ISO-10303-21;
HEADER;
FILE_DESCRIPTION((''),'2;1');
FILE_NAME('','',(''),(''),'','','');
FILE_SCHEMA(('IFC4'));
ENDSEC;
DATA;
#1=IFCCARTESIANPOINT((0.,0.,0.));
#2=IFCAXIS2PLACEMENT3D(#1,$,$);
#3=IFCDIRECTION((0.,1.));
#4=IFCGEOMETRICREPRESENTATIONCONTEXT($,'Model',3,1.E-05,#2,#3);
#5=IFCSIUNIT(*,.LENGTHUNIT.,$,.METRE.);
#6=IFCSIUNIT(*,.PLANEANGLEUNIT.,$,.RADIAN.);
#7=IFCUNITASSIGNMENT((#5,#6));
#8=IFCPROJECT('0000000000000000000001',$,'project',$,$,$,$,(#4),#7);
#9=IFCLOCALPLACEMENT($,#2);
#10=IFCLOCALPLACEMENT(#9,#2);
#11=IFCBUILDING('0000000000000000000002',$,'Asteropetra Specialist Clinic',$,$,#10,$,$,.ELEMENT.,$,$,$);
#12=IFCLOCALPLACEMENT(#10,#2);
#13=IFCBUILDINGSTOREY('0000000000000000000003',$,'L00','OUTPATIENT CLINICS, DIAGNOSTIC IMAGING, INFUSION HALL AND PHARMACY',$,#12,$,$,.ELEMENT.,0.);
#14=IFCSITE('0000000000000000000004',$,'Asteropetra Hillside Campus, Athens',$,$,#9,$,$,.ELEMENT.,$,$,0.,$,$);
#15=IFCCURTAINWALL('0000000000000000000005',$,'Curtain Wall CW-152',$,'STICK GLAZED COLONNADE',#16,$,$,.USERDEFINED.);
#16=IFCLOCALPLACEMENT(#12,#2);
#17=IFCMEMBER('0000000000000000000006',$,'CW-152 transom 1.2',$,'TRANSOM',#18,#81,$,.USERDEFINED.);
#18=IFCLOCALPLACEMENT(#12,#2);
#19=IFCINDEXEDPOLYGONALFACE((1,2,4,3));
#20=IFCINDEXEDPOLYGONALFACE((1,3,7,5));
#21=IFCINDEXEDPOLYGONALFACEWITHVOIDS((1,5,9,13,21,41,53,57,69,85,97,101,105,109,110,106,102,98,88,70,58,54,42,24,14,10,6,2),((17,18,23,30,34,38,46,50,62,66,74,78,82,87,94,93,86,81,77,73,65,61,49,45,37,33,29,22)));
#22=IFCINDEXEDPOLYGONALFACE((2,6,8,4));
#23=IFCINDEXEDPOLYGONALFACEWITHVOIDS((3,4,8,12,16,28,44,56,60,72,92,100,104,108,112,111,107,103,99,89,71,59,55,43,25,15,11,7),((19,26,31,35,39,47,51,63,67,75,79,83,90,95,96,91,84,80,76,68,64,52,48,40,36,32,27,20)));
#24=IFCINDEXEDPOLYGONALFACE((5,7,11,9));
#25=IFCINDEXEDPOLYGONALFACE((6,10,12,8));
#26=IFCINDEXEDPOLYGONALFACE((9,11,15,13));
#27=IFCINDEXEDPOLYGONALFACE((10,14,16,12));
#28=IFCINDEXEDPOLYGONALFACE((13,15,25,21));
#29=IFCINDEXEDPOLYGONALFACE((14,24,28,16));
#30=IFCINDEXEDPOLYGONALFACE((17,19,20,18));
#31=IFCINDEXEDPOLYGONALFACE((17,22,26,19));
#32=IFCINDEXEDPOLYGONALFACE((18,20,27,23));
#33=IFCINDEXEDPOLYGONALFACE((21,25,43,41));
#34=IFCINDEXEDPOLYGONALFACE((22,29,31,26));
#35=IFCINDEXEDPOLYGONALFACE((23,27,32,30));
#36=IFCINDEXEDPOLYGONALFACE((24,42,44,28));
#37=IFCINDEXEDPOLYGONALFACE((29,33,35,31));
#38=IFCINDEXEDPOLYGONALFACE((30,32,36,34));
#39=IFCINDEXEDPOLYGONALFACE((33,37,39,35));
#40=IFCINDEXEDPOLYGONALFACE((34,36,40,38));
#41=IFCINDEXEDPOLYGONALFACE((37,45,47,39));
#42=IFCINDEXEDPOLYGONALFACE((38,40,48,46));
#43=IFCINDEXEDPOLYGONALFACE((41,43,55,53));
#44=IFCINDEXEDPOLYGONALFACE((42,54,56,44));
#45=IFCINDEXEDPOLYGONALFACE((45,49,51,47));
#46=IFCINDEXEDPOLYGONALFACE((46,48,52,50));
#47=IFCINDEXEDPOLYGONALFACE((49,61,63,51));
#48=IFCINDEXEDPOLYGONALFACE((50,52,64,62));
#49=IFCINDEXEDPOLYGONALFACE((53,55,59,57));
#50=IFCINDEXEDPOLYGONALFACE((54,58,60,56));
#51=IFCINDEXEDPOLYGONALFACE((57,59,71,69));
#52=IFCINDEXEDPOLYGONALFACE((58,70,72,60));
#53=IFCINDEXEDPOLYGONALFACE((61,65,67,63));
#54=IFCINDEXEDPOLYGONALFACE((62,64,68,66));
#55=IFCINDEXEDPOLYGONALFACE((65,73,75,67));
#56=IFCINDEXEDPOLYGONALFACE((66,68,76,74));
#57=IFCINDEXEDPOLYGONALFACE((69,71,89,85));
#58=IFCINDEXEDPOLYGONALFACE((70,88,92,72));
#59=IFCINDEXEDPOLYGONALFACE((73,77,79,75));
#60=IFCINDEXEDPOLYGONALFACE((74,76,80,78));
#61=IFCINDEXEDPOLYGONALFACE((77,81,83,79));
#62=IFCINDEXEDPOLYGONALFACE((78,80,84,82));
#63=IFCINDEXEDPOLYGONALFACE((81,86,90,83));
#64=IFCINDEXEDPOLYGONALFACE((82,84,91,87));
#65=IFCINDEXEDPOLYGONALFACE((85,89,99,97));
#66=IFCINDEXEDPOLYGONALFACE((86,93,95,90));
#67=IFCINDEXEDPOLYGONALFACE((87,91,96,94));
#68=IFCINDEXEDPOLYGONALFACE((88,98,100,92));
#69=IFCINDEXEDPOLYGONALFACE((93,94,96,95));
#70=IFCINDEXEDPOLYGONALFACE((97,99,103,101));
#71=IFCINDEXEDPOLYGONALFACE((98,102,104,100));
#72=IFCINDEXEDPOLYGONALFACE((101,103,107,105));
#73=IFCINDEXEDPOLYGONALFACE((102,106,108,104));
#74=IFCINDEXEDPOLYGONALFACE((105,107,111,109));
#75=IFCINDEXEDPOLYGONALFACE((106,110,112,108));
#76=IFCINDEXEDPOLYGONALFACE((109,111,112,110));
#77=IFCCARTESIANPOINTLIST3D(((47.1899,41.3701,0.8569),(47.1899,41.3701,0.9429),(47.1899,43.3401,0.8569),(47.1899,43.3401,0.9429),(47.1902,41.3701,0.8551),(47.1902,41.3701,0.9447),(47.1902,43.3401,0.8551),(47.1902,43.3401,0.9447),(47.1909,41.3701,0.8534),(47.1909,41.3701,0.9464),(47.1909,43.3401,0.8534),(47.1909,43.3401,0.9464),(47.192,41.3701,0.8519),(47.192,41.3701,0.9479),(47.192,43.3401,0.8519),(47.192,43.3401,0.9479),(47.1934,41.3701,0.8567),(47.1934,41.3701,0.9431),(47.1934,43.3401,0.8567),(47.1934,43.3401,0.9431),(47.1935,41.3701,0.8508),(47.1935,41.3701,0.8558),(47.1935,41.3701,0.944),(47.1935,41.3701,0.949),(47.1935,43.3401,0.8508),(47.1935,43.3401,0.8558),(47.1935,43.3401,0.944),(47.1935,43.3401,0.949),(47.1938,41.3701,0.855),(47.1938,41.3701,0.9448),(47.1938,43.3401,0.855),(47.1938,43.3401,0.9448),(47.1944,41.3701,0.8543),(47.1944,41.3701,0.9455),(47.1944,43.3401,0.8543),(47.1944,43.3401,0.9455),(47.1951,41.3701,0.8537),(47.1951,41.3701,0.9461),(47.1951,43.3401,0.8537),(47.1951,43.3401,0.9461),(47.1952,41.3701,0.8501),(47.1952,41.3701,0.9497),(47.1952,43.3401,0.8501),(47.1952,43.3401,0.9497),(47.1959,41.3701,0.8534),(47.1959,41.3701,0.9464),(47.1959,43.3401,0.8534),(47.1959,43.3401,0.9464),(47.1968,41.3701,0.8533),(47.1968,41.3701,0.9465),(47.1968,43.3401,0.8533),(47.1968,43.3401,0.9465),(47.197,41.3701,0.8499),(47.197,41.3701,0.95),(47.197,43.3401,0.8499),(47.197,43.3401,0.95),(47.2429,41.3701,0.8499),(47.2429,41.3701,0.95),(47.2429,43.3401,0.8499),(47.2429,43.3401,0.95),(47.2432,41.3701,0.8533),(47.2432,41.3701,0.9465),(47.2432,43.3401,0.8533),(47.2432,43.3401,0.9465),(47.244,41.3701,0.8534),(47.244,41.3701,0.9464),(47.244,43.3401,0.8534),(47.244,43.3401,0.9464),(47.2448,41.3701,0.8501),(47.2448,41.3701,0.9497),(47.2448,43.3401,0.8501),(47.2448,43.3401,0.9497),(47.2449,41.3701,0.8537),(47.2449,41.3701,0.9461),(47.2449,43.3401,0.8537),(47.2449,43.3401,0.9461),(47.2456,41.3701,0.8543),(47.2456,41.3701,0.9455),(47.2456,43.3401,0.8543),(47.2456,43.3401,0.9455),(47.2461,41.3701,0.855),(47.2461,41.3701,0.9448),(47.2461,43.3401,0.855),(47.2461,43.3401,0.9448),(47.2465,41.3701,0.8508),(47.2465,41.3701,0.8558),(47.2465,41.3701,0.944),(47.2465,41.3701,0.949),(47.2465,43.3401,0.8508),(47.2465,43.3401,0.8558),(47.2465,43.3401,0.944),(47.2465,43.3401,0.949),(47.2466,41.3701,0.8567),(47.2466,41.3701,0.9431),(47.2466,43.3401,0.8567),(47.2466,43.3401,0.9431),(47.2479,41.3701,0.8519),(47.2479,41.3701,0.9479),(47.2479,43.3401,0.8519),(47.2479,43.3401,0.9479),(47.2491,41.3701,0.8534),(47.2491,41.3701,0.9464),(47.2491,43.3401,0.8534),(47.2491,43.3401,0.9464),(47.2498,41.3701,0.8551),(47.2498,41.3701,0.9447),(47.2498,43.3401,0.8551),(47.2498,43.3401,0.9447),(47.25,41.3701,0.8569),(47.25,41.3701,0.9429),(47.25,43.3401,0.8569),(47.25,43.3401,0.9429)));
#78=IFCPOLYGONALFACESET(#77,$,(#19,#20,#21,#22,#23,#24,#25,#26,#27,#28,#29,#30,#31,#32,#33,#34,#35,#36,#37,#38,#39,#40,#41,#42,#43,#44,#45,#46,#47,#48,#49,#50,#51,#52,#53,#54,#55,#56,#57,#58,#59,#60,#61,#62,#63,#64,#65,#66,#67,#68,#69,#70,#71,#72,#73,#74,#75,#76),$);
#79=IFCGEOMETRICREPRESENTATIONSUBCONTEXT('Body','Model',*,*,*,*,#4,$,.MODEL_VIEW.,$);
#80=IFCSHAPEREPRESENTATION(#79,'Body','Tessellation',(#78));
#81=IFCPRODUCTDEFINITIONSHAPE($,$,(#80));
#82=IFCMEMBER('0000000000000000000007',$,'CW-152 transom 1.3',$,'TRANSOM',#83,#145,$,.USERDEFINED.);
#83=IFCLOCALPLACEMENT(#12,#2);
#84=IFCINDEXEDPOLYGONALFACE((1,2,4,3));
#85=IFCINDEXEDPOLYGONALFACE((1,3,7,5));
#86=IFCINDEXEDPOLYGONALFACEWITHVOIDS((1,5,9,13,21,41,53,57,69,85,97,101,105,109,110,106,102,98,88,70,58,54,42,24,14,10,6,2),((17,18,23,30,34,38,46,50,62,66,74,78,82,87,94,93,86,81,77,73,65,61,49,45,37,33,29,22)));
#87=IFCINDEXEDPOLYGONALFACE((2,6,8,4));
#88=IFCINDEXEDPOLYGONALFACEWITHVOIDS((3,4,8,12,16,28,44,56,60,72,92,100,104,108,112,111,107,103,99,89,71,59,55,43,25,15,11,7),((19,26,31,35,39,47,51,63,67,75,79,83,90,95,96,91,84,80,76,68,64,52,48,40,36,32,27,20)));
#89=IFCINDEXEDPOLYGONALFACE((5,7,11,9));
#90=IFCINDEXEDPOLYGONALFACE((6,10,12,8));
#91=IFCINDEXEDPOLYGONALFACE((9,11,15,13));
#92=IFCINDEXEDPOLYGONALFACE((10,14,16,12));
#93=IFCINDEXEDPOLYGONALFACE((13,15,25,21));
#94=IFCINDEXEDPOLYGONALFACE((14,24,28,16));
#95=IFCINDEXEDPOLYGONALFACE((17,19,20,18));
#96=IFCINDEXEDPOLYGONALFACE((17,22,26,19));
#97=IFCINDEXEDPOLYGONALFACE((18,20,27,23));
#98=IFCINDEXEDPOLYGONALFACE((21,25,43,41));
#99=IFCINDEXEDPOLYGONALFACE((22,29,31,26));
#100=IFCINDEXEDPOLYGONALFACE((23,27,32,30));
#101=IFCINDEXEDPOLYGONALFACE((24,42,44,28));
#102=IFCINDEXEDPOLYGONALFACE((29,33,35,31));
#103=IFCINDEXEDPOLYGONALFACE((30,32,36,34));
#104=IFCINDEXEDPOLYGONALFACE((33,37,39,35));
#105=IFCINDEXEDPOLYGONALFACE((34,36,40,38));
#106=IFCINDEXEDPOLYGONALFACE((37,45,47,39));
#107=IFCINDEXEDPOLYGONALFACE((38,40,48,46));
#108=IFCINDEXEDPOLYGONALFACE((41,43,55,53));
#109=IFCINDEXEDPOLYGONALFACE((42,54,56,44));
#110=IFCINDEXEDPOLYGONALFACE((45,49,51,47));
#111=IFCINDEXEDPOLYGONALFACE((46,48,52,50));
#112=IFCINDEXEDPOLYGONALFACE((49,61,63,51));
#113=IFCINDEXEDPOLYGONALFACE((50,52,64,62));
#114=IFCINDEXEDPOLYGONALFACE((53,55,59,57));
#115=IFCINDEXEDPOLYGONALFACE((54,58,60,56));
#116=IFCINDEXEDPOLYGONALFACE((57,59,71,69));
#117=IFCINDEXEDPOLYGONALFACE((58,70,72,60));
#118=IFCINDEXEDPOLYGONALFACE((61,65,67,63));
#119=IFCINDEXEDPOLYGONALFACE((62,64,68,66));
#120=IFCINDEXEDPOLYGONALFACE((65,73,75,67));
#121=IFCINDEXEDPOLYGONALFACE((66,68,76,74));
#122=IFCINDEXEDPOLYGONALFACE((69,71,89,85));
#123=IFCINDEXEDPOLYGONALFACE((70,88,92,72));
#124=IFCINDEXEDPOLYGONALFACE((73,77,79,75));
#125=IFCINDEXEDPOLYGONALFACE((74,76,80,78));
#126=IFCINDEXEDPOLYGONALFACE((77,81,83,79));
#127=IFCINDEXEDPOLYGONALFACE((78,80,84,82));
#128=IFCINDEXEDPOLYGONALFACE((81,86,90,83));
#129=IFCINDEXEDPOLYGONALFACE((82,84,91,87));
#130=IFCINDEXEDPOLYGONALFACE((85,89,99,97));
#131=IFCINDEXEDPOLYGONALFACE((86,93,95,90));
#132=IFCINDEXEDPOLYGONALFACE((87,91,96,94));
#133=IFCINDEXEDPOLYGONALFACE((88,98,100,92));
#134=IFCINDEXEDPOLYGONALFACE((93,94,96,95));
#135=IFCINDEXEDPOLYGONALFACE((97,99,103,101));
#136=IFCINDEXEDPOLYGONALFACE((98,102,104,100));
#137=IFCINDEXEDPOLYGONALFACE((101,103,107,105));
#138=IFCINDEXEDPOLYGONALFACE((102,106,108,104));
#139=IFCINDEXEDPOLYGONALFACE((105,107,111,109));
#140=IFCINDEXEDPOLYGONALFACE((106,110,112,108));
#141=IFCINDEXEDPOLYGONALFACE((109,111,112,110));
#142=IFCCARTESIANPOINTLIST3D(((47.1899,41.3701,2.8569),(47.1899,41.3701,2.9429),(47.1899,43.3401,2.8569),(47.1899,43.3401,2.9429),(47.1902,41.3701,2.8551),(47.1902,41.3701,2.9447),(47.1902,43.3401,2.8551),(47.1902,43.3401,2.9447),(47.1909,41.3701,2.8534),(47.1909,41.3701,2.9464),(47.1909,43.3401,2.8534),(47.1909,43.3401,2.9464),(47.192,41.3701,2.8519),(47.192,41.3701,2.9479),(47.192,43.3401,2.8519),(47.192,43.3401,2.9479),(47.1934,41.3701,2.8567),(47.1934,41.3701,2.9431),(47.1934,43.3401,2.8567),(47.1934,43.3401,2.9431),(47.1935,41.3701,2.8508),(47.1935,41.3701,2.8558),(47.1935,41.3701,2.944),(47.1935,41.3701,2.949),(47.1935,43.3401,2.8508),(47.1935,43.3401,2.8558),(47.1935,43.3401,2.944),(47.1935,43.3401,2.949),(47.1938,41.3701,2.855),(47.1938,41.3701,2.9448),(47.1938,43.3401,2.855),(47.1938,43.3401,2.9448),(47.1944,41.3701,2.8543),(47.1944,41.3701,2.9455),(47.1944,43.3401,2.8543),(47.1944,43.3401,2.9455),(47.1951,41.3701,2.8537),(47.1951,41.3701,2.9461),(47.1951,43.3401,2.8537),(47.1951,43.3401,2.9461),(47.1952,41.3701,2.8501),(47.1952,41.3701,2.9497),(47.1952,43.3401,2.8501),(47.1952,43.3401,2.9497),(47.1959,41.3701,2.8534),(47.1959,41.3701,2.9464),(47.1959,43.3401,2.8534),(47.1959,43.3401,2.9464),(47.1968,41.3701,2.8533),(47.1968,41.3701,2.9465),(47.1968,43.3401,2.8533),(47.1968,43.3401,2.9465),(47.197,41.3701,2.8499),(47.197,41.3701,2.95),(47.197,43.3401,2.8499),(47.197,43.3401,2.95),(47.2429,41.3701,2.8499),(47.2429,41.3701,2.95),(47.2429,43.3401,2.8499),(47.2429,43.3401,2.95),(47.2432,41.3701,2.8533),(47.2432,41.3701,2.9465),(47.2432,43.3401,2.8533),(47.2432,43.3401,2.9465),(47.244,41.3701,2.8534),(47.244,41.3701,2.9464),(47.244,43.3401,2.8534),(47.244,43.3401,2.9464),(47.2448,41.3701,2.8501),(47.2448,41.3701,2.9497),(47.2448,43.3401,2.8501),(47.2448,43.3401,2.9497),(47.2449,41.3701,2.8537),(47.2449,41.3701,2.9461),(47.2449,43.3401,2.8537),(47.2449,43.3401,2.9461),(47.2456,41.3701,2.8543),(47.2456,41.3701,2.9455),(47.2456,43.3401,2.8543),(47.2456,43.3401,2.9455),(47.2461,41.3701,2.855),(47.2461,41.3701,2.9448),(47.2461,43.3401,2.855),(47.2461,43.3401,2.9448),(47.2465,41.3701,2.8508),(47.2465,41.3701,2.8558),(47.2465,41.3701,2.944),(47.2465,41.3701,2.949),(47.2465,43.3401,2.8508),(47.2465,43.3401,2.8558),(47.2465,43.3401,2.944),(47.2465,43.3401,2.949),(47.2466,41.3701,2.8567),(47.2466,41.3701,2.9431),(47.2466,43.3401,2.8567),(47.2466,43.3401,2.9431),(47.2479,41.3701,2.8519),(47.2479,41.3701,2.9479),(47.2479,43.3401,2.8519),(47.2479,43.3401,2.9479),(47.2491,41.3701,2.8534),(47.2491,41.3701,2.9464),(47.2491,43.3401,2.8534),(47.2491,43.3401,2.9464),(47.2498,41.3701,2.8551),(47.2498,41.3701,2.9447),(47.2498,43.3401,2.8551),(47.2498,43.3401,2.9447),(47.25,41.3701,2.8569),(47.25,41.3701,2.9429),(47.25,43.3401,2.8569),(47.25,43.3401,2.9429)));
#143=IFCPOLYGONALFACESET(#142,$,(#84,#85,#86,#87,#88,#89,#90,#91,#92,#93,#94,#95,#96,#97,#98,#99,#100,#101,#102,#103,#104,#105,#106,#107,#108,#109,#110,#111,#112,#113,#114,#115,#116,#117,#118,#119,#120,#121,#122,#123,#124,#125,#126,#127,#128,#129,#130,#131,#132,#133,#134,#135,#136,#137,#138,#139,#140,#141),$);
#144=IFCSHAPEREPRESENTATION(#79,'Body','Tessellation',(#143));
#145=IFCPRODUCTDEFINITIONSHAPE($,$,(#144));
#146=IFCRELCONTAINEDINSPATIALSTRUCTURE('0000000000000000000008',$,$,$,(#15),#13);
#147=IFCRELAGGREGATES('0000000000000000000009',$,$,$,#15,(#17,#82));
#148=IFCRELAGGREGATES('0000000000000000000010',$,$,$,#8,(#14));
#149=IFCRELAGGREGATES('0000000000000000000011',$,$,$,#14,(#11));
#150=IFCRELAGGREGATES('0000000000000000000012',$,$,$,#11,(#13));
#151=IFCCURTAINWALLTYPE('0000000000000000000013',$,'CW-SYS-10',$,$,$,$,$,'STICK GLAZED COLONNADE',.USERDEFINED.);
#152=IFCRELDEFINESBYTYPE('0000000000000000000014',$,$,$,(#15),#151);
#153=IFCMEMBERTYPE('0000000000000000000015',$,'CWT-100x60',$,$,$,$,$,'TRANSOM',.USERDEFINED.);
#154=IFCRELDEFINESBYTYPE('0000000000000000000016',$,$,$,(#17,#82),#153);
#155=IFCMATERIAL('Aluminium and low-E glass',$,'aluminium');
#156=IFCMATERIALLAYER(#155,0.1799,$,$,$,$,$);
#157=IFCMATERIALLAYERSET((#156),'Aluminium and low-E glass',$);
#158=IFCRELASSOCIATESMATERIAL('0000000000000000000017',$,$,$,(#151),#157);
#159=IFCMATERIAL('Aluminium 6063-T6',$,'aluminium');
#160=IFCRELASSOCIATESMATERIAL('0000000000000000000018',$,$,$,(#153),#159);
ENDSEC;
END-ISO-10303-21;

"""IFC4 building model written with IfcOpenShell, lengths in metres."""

from ifc_helpers import new_model, si_unit, direction, frame, origin, origin_2d, place, context, subcontext, project, spatial, hollow_rectangle, extrude, material, layer, layer_set, material_profile, profile_set, type_object, element, aggregate, save


model = new_model("IFC4")

# Units and contexts
model_context = context("Model", 3, precision=1e-05, world=origin(), true_north=direction((0.0, 1.0)))
body_context = subcontext(model_context, "Body", "Model", "MODEL_VIEW")
ifc_project = project(units=[si_unit("LENGTHUNIT", "METRE"), si_unit("PLANEANGLEUNIT", "RADIAN")], contexts=[model_context])

# Site, building, storey
site_placement = place(None, origin())
site = spatial("IfcSite", under=ifc_project, at=site_placement, Name="Asteropetra Hillside Campus, Athens", CompositionType="ELEMENT", RefElevation=0.0)
building_placement = place(site_placement, origin())
building = spatial("IfcBuilding", under=site, at=building_placement, Name="Asteropetra Specialist Clinic", CompositionType="ELEMENT")
storey_placement = place(building_placement, origin())
storey = spatial("IfcBuildingStorey", under=building, at=storey_placement, Name="L00", Description="OUTPATIENT CLINICS, DIAGNOSTIC IMAGING, INFUSION HALL AND PHARMACY", CompositionType="ELEMENT", Elevation=0.0)

# Curtain wall, members
ifc_material_1 = material(Name="Aluminium and low-E glass", Category="aluminium")
ifc_layer_1 = layer(ifc_material_1, 0.1799)
ifc_layer_set_1 = layer_set([ifc_layer_1], Name="Aluminium and low-E glass")
curtain_wall_type = type_object("IfcCurtainWallType", Name="CW-SYS-10", ElementType="STICK GLAZED COLONNADE", PredefinedType="USERDEFINED", material=ifc_layer_set_1)
curtain_wall_placement = place(storey_placement, origin())
curtain_wall = element("IfcCurtainWall", 1, at=curtain_wall_placement, inside=storey, type_object=curtain_wall_type, Name="Curtain Wall CW-152", ObjectType="STICK GLAZED COLONNADE", PredefinedType="USERDEFINED")
ifc_material_2 = material(Name="Aluminium 6063-T6", Category="aluminium")
ifc_material_profile_1 = material_profile(ifc_material_2, hollow_rectangle(XDim=0.0601, YDim=0.1001, WallThickness=0.0034, InnerFilletRadius=0.0034, OuterFilletRadius=0.0071, at=origin_2d()), Name="TRN 100x60x3.5")
ifc_profile_set_1 = profile_set([ifc_material_profile_1], Name="Aluminium 6063-T6")
member_type_1 = type_object("IfcMemberType", Name="CWT-100x60", ElementType="TRANSOM", PredefinedType="USERDEFINED", material=ifc_profile_set_1)
member_1_placement = place(storey_placement, frame((47.22, 41.3701, 0.8999), z_axis=(0.0, 1.0, 0.0), x_axis=(-1.0, 0.0, 0.0)))
member_1 = element("IfcMember", 2, at=member_1_placement, type_object=member_type_1, Name="CW-152 transom 1.2", ObjectType="TRANSOM", PredefinedType="USERDEFINED", context=body_context, shape_type="SweptSolid", body=[
    extrude(hollow_rectangle(XDim=0.0601, YDim=0.1001, WallThickness=0.0034, InnerFilletRadius=0.0034, OuterFilletRadius=0.0071, at=origin_2d()), origin(), (0.0, 0.0, 1.0), 1.97),
])
member_2_placement = place(storey_placement, frame((47.22, 41.3701, 2.8999), z_axis=(0.0, 1.0, 0.0), x_axis=(-1.0, 0.0, 0.0)))
member_2 = element("IfcMember", 3, at=member_2_placement, type_object=member_type_1, Name="CW-152 transom 1.3", ObjectType="TRANSOM", PredefinedType="USERDEFINED", context=body_context, shape_type="SweptSolid", body=[
    extrude(hollow_rectangle(XDim=0.0601, YDim=0.1001, WallThickness=0.0034, InnerFilletRadius=0.0034, OuterFilletRadius=0.0071, at=origin_2d()), origin(), (0.0, 0.0, 1.0), 1.97),
])

aggregate(curtain_wall, [member_1, member_2])

save(model, "model.ifc")
